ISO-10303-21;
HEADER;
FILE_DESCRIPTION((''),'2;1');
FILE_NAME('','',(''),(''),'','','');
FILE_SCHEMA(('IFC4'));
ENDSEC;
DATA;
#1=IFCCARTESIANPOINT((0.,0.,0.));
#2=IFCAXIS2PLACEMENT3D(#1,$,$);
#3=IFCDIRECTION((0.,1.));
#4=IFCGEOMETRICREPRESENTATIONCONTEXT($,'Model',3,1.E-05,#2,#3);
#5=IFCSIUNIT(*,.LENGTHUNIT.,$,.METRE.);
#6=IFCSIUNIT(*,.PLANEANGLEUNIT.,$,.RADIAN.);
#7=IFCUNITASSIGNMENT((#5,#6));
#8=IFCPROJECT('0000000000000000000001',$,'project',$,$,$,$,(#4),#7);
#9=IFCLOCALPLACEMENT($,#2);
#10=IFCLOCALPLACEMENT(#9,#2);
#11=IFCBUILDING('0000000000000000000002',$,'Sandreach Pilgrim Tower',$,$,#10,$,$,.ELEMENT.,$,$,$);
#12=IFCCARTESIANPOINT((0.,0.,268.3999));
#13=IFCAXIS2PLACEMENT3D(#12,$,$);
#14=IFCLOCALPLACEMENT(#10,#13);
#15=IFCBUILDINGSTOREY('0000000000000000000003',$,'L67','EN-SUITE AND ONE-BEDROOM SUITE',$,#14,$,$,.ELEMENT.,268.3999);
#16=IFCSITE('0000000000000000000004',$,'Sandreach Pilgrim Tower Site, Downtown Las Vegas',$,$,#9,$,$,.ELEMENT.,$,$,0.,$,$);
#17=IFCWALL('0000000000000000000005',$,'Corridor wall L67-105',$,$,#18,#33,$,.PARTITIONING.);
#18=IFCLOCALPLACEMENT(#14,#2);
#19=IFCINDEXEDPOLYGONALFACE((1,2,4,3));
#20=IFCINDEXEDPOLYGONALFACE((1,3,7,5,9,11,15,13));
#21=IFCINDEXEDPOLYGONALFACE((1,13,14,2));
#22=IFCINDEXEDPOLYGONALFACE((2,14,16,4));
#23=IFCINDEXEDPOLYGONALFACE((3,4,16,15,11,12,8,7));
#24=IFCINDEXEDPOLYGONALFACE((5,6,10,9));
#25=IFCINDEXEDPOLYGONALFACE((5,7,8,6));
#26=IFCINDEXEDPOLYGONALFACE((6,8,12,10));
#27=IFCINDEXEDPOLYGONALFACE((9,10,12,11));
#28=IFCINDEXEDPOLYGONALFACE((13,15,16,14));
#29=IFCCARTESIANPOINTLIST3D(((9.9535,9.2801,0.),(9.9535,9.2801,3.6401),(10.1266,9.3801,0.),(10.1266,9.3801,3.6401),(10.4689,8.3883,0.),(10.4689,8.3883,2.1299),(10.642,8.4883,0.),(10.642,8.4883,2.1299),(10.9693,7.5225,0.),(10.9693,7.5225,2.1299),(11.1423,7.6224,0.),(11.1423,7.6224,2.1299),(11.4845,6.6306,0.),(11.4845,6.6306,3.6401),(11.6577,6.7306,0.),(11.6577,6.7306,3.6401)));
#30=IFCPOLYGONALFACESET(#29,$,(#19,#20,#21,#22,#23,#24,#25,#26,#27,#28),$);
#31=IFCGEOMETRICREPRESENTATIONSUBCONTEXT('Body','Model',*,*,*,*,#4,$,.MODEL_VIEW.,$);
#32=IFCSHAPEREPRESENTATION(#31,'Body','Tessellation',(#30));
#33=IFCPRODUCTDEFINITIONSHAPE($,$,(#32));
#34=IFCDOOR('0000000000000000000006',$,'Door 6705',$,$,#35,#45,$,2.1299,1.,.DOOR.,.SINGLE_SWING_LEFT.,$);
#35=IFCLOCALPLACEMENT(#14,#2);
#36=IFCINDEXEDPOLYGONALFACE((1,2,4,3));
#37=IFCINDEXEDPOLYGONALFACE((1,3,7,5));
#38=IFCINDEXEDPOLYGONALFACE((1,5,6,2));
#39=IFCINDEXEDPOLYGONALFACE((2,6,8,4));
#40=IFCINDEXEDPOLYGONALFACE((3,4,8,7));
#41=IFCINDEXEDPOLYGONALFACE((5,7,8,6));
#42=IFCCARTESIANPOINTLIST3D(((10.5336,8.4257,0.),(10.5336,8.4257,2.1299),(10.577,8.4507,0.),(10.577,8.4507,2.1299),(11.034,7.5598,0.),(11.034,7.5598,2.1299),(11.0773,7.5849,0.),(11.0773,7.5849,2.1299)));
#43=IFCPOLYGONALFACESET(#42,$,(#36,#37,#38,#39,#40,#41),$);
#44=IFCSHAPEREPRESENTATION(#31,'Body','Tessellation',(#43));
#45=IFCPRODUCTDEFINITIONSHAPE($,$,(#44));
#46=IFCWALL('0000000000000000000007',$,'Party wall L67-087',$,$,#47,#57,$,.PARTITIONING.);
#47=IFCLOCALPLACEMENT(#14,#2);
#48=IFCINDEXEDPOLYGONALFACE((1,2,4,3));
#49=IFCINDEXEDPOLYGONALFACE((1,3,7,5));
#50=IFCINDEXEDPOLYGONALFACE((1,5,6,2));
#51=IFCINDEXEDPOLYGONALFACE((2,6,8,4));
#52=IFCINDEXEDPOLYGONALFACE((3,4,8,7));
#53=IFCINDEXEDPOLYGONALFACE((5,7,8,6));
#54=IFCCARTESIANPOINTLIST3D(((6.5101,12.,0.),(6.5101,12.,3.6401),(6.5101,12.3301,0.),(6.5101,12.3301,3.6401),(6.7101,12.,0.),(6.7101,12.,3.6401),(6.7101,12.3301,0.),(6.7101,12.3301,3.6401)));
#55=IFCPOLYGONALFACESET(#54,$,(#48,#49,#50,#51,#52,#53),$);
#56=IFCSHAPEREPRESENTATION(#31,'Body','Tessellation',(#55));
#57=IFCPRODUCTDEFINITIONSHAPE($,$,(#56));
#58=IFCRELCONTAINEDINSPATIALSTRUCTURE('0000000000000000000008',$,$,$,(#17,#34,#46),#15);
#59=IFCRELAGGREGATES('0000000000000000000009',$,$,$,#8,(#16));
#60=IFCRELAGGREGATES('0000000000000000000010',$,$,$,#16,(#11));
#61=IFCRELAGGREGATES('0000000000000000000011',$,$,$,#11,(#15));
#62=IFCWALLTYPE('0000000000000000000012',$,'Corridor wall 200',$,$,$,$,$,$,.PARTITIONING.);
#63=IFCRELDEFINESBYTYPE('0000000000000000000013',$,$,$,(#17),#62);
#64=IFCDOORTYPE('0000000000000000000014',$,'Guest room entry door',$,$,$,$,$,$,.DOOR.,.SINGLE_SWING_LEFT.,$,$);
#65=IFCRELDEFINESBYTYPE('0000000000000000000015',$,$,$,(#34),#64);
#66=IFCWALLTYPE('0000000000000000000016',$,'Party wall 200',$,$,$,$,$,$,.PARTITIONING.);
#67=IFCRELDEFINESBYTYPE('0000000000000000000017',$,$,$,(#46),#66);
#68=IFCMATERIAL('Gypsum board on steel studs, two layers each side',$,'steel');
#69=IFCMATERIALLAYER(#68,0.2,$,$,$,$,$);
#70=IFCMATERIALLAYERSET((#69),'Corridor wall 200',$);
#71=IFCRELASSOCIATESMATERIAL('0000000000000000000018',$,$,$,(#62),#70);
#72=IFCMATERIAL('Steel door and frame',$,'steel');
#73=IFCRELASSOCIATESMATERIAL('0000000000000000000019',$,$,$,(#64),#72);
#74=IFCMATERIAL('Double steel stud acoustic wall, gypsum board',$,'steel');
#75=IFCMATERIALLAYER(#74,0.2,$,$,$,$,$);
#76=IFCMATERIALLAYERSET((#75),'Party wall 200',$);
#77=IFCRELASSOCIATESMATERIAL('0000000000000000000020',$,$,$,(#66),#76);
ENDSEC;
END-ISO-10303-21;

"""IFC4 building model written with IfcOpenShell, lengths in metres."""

from ifc_helpers import new_model, si_unit, direction, frame, frame_2d, origin, place, context, subcontext, project, spatial, rectangle, extrude, material, layer, layer_set, type_object, element, fill, save


model = new_model("IFC4")

# Units and contexts
model_context = context("Model", 3, precision=1e-05, world=origin(), true_north=direction((0.0, 1.0)))
body_context = subcontext(model_context, "Body", "Model", "MODEL_VIEW")
ifc_project = project(units=[si_unit("LENGTHUNIT", "METRE"), si_unit("PLANEANGLEUNIT", "RADIAN")], contexts=[model_context])

# Site, building, storey
site_placement = place(None, origin())
site = spatial("IfcSite", under=ifc_project, at=site_placement, Name="Sandreach Pilgrim Tower Site, Downtown Las Vegas", CompositionType="ELEMENT", RefElevation=0.0)
building_placement = place(site_placement, origin())
building = spatial("IfcBuilding", under=site, at=building_placement, Name="Sandreach Pilgrim Tower", CompositionType="ELEMENT")
storey_placement = place(building_placement, frame((0.0, 0.0, 268.3999)))
storey = spatial("IfcBuildingStorey", under=building, at=storey_placement, Name="L67", Description="EN-SUITE AND ONE-BEDROOM SUITE", CompositionType="ELEMENT", Elevation=268.3999)

# Shared definitions
ifc_material_1 = material(Name="Gypsum board on steel studs, two layers each side", Category="steel")
ifc_layer_1 = layer(ifc_material_1, 0.2)
ifc_layer_set_1 = layer_set([ifc_layer_1], Name="Corridor wall 200")
wall_type_1 = type_object("IfcWallType", Name="Corridor wall 200", PredefinedType="PARTITIONING", material=ifc_layer_set_1)
ifc_material_2 = material(Name="Steel door and frame", Category="steel")
door_type_1 = type_object("IfcDoorType", Name="Guest room entry door", OperationType="SINGLE_SWING_LEFT", PredefinedType="DOOR", material=ifc_material_2)

# Wall, opening, door
wall_1_placement = place(storey_placement, frame((10.04, 9.3301, 0.0), z_axis=(0.0, 0.0, 1.0), x_axis=(0.500335, -0.865832, 0.0)))
wall_1 = element("IfcWall", 1, at=wall_1_placement, inside=storey, type_object=wall_type_1, Name="Corridor wall L67-105", PredefinedType="PARTITIONING", context=body_context, shape_type="SweptSolid", body=[
    extrude(rectangle(XDim=3.0601, YDim=0.2, at=frame_2d((1.53, 0.0))), origin(), (0.0, 0.0, 1.0), 3.6401),
])
opening_1_placement = place(wall_1_placement, frame((1.03, 0.0, 0.0)))
opening_1 = element("IfcOpeningElement", 2, at=opening_1_placement, cuts=wall_1, PredefinedType="OPENING", context=body_context, shape_type="SweptSolid", body=[
    extrude(rectangle(XDim=1.0, YDim=2.1299, at=frame_2d((0.5, 1.0649))), frame((0.0, 0.1001, 0.0), z_axis=(0.0, -1.0, 0.0), x_axis=(1.0, 0.0, 0.0)), (0.0, 0.0, 1.0), 0.2),
])
door_1_placement = place(opening_1_placement, origin())
door_1 = element("IfcDoor", 3, at=door_1_placement, inside=storey, type_object=door_type_1, Name="Door 6705", OperationType="SINGLE_SWING_LEFT", OverallHeight=2.1299, OverallWidth=1.0, PredefinedType="DOOR", context=body_context, shape_type="SweptSolid", body=[
    extrude(rectangle(XDim=1.0, YDim=2.1299, at=frame_2d((0.5, 1.0649))), frame((0.0, 0.0249, 0.0), z_axis=(0.0, -1.0, 0.0), x_axis=(1.0, 0.0, 0.0)), (0.0, 0.0, 1.0), 0.05),
])
fill(opening_1, door_1)

# Wall
ifc_material_3 = material(Name="Double steel stud acoustic wall, gypsum board", Category="steel")
ifc_layer_2 = layer(ifc_material_3, 0.2)
ifc_layer_set_2 = layer_set([ifc_layer_2], Name="Party wall 200")
wall_type_2 = type_object("IfcWallType", Name="Party wall 200", PredefinedType="PARTITIONING", material=ifc_layer_set_2)
wall_2_placement = place(storey_placement, frame((6.6101, 12.3301, 0.0), z_axis=(0.0, 0.0, 1.0), x_axis=(0.0, -1.0, 0.0)))
element("IfcWall", 4, at=wall_2_placement, inside=storey, type_object=wall_type_2, Name="Party wall L67-087", PredefinedType="PARTITIONING", context=body_context, shape_type="SweptSolid", body=[
    extrude(rectangle(XDim=0.3301, YDim=0.2, at=frame_2d((0.165, 0.0))), origin(), (0.0, 0.0, 1.0), 3.6401),
])

save(model, "model.ifc")
